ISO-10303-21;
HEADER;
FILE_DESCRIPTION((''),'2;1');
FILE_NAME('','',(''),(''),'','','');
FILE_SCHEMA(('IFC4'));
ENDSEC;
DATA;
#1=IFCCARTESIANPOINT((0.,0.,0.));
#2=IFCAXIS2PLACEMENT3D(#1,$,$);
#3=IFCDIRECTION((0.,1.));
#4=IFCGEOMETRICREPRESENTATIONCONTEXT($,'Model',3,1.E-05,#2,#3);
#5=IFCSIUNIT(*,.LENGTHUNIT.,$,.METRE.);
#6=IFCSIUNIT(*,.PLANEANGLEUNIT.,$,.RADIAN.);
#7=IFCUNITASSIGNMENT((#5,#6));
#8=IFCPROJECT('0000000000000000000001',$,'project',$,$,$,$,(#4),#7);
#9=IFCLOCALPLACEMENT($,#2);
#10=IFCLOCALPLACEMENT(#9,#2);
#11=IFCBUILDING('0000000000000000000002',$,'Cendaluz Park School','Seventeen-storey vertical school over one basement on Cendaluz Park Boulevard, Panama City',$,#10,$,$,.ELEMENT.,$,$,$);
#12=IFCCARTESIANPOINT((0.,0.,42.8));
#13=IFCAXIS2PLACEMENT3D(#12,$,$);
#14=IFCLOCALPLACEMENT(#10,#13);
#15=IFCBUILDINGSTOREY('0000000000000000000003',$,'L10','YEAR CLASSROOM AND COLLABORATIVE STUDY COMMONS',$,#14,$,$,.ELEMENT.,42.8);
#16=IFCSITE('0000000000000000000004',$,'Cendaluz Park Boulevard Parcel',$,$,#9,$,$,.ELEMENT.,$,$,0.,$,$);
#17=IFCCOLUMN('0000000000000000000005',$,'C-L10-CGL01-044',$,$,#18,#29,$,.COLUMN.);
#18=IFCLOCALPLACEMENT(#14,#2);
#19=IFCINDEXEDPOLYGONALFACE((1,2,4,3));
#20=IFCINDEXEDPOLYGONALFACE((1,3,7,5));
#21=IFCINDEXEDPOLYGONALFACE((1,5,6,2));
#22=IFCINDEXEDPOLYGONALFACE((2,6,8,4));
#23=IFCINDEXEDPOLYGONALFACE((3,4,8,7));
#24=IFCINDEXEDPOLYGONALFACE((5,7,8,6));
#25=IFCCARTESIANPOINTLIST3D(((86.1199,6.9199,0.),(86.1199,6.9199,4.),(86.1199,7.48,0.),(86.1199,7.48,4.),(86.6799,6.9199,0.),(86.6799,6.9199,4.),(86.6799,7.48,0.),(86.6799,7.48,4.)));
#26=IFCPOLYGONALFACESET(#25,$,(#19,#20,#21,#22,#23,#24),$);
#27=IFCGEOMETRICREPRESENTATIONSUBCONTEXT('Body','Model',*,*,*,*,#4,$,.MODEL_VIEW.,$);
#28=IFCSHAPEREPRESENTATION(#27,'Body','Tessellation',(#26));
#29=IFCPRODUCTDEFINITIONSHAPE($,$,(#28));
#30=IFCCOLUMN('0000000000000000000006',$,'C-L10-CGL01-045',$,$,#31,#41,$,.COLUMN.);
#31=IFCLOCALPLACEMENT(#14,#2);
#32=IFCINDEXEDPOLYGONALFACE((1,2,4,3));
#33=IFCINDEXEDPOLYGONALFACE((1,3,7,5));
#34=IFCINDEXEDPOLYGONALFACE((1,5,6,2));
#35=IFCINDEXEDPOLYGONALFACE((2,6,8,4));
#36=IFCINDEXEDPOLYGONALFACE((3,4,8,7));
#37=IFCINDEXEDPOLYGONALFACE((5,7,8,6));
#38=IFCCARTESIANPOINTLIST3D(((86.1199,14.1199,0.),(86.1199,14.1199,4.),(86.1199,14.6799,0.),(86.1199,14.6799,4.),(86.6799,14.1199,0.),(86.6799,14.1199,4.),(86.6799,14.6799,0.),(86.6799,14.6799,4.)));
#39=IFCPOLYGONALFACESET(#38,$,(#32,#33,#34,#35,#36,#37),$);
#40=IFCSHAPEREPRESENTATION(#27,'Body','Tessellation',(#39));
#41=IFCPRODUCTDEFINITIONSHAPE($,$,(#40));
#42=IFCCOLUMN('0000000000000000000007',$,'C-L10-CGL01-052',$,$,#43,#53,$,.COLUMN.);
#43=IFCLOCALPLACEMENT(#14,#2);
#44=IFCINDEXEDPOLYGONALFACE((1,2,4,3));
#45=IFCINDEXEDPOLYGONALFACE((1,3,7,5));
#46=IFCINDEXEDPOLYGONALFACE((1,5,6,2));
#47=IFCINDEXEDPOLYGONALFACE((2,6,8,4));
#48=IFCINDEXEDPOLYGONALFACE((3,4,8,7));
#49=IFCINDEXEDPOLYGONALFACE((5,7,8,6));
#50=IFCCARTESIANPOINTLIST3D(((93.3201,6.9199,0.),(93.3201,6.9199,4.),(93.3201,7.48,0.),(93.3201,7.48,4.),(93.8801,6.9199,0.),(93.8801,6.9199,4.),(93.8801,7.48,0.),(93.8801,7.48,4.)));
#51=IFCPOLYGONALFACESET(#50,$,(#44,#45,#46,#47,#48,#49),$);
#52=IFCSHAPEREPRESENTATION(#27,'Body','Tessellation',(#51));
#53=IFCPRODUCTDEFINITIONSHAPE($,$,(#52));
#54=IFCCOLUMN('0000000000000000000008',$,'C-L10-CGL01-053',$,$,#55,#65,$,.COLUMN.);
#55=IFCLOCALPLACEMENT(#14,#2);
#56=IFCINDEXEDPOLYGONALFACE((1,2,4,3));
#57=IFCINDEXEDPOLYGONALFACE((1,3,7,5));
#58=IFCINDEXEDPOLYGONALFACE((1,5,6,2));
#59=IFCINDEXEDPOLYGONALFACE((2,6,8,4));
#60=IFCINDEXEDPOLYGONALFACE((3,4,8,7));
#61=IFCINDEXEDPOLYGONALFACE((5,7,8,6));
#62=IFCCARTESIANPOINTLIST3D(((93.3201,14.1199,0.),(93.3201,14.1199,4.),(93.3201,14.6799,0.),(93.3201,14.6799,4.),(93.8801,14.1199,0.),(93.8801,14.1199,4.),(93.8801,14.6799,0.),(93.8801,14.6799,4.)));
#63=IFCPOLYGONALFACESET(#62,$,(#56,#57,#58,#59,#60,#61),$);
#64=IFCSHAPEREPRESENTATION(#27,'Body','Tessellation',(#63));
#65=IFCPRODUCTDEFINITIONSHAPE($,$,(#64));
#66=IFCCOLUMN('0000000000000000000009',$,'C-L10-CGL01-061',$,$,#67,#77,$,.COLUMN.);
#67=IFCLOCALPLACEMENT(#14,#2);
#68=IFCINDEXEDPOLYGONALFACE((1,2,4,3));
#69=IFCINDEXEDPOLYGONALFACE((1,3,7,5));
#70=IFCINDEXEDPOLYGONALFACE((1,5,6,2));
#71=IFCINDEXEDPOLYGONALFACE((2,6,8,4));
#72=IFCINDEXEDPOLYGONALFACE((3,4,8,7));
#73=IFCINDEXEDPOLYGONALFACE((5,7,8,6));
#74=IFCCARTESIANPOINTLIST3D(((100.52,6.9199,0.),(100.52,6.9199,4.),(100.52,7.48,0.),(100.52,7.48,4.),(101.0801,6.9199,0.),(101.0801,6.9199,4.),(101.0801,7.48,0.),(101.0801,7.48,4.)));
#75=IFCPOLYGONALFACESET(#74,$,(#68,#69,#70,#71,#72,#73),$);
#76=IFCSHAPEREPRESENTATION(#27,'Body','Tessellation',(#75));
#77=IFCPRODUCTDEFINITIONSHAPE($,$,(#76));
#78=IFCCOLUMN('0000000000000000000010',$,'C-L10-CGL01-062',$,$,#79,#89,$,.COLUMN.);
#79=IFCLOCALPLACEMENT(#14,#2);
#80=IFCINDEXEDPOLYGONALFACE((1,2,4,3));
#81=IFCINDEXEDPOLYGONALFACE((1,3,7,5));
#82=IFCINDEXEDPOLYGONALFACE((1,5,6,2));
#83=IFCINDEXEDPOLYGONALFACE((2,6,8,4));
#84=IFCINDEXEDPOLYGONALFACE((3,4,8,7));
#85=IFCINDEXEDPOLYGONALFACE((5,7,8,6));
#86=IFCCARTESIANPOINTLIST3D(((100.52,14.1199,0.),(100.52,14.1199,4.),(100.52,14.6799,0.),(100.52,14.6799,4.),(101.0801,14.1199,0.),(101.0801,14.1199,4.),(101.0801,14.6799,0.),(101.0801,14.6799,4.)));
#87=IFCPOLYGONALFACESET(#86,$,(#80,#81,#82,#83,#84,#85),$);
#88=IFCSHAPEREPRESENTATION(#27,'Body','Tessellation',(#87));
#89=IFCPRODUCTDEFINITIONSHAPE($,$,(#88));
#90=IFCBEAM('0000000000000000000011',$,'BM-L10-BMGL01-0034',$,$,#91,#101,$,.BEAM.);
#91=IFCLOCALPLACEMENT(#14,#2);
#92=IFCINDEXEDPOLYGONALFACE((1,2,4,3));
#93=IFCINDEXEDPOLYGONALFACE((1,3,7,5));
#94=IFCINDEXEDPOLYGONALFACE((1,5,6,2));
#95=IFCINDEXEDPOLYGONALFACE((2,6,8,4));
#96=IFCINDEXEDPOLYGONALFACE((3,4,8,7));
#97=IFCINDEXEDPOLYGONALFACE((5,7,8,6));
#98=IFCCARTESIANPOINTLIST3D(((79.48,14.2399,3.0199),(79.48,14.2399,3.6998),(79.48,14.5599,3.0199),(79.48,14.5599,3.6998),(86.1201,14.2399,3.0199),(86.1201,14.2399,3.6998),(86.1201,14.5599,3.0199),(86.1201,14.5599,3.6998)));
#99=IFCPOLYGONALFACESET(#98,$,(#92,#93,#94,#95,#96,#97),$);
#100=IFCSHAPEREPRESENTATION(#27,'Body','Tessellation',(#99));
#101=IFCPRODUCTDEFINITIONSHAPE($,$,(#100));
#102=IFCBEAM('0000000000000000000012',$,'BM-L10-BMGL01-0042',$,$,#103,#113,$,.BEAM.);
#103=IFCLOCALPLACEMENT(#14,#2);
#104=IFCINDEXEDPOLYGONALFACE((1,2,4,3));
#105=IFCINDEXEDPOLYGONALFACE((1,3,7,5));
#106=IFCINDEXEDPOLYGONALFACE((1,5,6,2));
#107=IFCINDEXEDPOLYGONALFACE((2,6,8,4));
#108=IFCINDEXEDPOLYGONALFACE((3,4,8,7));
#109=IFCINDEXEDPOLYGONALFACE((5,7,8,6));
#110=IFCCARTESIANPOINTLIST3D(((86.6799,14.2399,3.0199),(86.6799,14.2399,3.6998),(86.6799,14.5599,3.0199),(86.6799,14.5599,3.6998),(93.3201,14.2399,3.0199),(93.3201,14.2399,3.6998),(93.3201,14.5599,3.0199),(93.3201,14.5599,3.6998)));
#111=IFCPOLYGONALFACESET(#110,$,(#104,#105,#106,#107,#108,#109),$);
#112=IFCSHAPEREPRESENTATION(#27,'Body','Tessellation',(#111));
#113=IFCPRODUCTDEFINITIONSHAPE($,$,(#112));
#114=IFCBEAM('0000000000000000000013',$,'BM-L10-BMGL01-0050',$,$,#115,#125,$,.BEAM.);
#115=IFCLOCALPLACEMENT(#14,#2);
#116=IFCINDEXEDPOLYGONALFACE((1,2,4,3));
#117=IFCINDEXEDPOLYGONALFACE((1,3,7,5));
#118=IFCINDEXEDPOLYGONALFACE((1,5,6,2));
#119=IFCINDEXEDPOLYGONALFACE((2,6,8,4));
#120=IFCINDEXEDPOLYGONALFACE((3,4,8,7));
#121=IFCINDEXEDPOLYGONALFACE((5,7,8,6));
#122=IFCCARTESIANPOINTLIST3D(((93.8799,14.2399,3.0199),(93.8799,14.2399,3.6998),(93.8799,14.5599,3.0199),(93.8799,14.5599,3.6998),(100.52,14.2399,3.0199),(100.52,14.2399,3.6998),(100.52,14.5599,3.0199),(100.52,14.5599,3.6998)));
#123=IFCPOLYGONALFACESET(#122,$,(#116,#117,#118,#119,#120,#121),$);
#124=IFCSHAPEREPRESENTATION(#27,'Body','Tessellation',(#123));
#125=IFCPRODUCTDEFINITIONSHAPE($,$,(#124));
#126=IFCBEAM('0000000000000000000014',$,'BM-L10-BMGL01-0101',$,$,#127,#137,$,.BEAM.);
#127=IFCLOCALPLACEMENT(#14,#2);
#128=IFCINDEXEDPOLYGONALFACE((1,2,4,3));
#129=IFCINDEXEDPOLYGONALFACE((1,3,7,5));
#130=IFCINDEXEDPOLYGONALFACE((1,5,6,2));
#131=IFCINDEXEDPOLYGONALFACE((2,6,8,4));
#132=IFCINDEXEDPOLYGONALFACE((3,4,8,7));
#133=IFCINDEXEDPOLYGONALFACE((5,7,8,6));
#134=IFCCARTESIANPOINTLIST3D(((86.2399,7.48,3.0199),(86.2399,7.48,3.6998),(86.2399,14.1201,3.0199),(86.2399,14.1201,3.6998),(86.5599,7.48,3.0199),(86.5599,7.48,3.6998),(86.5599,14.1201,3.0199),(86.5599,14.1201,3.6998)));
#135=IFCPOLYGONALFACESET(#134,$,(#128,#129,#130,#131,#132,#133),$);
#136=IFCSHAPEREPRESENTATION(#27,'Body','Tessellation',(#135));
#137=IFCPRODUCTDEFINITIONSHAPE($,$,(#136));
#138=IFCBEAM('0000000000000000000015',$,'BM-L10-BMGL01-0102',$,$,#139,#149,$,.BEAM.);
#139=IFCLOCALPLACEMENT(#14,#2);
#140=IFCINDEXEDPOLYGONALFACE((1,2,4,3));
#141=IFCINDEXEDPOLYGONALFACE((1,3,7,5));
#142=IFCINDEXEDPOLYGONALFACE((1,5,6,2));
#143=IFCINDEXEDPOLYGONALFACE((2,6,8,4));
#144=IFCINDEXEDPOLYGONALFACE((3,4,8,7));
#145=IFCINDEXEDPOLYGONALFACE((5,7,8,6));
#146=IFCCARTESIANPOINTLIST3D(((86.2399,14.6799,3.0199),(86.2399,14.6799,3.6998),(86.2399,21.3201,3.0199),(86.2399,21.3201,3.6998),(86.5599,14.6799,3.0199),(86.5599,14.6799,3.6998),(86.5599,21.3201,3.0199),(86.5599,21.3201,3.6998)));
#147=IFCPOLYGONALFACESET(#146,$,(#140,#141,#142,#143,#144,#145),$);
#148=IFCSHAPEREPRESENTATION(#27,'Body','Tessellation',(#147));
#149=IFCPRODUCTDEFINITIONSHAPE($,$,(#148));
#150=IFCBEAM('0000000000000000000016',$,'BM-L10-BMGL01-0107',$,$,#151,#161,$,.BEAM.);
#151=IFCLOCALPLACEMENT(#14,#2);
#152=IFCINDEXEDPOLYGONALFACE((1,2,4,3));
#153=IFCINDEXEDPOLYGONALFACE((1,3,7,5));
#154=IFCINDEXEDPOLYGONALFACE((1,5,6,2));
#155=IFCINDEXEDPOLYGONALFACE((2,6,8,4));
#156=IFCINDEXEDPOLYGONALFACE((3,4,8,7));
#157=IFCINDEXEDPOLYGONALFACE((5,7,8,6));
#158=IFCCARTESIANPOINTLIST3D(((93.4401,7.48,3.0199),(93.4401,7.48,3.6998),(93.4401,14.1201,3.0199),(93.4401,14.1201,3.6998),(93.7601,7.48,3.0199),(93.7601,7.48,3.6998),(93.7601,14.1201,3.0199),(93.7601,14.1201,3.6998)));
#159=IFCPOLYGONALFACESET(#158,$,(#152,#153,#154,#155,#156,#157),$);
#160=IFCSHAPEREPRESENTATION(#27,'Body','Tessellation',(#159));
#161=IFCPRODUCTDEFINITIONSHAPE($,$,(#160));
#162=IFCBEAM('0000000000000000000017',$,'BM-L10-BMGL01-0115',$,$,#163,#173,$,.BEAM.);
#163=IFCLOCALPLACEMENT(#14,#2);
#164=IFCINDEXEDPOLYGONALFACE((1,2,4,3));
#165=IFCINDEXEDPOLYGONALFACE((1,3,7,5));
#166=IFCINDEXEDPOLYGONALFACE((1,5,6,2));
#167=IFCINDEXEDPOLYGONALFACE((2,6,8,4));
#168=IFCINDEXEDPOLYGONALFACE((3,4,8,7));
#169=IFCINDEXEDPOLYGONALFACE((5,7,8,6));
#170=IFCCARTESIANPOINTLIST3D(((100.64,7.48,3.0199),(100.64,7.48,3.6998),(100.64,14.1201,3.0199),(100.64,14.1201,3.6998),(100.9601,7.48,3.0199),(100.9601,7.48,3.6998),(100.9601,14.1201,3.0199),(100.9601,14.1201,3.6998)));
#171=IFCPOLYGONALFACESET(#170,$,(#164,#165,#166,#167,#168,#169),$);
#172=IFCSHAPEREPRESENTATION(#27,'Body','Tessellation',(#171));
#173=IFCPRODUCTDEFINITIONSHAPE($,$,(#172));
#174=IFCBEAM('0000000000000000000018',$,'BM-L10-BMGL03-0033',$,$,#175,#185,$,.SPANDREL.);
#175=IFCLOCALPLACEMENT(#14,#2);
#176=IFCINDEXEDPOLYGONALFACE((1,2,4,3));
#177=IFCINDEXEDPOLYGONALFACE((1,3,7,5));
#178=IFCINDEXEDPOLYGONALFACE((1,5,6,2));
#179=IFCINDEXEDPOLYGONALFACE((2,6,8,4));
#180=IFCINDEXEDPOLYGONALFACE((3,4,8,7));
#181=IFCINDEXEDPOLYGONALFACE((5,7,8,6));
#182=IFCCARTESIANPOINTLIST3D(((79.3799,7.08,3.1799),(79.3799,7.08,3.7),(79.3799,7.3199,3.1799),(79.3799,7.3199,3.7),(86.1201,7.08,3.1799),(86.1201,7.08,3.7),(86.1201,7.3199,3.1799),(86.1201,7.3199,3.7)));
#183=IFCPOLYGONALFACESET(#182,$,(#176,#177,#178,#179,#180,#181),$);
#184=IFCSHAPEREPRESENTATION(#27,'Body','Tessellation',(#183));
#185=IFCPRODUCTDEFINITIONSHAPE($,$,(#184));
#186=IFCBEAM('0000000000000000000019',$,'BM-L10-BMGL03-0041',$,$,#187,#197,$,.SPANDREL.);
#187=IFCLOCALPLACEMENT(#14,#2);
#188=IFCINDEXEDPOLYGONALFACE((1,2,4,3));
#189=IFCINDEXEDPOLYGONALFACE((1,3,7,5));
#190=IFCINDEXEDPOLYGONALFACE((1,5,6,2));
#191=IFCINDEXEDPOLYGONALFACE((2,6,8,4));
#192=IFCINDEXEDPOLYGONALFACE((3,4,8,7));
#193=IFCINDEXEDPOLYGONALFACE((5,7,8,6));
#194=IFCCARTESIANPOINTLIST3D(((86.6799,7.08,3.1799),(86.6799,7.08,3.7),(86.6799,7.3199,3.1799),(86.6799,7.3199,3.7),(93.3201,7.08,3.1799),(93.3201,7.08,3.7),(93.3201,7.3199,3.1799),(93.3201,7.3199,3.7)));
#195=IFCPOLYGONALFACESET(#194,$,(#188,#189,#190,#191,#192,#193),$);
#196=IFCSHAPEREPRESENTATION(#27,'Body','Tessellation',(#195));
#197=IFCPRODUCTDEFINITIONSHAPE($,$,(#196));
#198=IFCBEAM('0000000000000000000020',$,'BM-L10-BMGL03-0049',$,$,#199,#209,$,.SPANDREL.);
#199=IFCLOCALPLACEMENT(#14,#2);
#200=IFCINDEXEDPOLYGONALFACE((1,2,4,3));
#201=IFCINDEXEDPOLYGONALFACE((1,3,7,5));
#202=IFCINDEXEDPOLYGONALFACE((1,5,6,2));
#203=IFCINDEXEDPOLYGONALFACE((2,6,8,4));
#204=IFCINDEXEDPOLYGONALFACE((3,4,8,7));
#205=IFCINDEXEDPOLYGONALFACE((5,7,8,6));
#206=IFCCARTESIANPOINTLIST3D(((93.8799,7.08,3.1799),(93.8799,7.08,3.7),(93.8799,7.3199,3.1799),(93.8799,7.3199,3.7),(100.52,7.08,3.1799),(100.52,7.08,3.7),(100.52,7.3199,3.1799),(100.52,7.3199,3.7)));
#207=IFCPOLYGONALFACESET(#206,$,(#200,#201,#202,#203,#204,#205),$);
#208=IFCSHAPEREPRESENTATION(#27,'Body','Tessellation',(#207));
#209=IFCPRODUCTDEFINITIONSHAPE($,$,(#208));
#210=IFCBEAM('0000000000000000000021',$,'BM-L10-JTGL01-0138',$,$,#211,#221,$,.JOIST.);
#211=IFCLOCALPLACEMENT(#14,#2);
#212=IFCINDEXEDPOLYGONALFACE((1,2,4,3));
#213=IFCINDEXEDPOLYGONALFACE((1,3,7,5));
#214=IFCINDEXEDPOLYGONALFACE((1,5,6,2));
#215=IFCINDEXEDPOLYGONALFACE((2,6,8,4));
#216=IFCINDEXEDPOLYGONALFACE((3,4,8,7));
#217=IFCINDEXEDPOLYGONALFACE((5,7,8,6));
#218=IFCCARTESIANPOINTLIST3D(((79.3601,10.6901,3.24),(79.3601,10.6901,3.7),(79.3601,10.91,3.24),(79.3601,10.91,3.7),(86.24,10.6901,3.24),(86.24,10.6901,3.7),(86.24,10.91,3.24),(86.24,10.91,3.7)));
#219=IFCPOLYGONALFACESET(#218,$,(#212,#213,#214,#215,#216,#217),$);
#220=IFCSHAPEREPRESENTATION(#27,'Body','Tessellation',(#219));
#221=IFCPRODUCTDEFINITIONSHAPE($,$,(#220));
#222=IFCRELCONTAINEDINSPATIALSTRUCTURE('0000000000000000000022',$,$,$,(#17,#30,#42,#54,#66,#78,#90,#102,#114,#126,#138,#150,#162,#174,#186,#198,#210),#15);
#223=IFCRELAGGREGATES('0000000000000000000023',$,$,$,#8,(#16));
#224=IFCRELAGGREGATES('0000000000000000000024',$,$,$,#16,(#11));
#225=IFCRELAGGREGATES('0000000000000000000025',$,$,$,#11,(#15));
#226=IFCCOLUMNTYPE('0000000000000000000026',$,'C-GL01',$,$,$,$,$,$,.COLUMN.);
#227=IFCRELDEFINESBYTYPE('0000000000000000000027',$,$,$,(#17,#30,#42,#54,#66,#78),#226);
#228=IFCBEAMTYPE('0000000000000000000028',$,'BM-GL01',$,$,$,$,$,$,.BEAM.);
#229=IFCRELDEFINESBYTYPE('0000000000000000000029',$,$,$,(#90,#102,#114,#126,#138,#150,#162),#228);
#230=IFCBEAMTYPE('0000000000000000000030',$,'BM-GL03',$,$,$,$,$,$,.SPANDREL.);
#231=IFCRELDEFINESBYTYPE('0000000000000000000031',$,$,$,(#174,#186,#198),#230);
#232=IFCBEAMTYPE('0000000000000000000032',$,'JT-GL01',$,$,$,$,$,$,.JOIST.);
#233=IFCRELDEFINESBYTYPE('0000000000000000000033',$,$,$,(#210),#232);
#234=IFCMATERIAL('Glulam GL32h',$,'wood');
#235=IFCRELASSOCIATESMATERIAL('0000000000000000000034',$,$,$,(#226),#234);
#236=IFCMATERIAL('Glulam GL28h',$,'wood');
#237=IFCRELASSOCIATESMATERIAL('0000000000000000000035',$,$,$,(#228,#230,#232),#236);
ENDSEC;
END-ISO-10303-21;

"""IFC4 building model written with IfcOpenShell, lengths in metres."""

from ifc_helpers import new_model, si_unit, direction, frame, origin, origin_2d, place, context, subcontext, project, spatial, rectangle, extrude, material, material_profile, profile_set, type_object, element, save


model = new_model("IFC4")

# Units and contexts
model_context = context("Model", 3, precision=1e-05, world=origin(), true_north=direction((0.0, 1.0)))
body_context = subcontext(model_context, "Body", "Model", "MODEL_VIEW")
ifc_project = project(units=[si_unit("LENGTHUNIT", "METRE"), si_unit("PLANEANGLEUNIT", "RADIAN")], contexts=[model_context])

# Site, building, storey
site_placement = place(None, origin())
site = spatial("IfcSite", under=ifc_project, at=site_placement, Name="Cendaluz Park Boulevard Parcel", CompositionType="ELEMENT", RefElevation=0.0)
building_placement = place(site_placement, origin())
building = spatial("IfcBuilding", under=site, at=building_placement, Name="Cendaluz Park School", Description="Seventeen-storey vertical school over one basement on Cendaluz Park Boulevard, Panama City", CompositionType="ELEMENT")
storey_placement = place(building_placement, frame((0.0, 0.0, 42.8)))
storey = spatial("IfcBuildingStorey", under=building, at=storey_placement, Name="L10", Description="YEAR CLASSROOM AND COLLABORATIVE STUDY COMMONS", CompositionType="ELEMENT", Elevation=42.8)

# Columns
ifc_material_1 = material(Name="Glulam GL32h", Category="wood")
ifc_material_profile_1 = material_profile(ifc_material_1, rectangle(XDim=0.5601, YDim=0.5601, at=origin_2d()), Name="GL32h 560x560", Category="wood")
ifc_profile_set_1 = profile_set([ifc_material_profile_1], Name="Glulam GL32h")
column_type = type_object("IfcColumnType", Name="C-GL01", PredefinedType="COLUMN", material=ifc_profile_set_1)
for number, where, z_axis, x_axis, name in (
    (1, (86.3999, 7.2, 0.0), (0.0, 0.0, 1.0), (1.0, 0.0, 0.0), "C-L10-CGL01-044"),
    (2, (86.3999, 14.3999, 0.0), (0.0, 0.0, 1.0), (1.0, 0.0, 0.0), "C-L10-CGL01-045"),
    (3, (93.6001, 7.2, 0.0), (0.0, 0.0, 1.0), (1.0, 0.0, 0.0), "C-L10-CGL01-052"),
    (4, (93.6001, 14.3999, 0.0), (0.0, 0.0, 1.0), (1.0, 0.0, 0.0), "C-L10-CGL01-053"),
    (5, (100.8, 7.2, 0.0), (0.0, 0.0, 1.0), (1.0, 0.0, 0.0), "C-L10-CGL01-061"),
    (6, (100.8, 14.3999, 0.0), (0.0, 0.0, 1.0), (1.0, 0.0, 0.0), "C-L10-CGL01-062"),
):
    element("IfcColumn", number, at=place(storey_placement, frame(where, z_axis=z_axis, x_axis=x_axis)), inside=storey, type_object=column_type, Name=name, PredefinedType="COLUMN", context=body_context, shape_type="SweptSolid", body=[
        extrude(rectangle(XDim=0.5601, YDim=0.5601, at=origin_2d()), origin(), (0.0, 0.0, 1.0), 4.0),
    ])

# Beams
ifc_material_2 = material(Name="Glulam GL28h", Category="wood")
ifc_material_profile_2 = material_profile(ifc_material_2, rectangle(XDim=0.3201, YDim=0.6799, at=origin_2d()), Name="GL28h 320x680", Category="wood")
ifc_profile_set_2 = profile_set([ifc_material_profile_2], Name="Glulam GL28h")
beam_type_1 = type_object("IfcBeamType", Name="BM-GL01", PredefinedType="BEAM", material=ifc_profile_set_2)
for number, where, z_axis, x_axis, name in (
    (7, (79.48, 14.3999, 3.3599), (1.0, 0.0, 0.0), (0.0, 1.0, 0.0), "BM-L10-BMGL01-0034"),
    (8, (86.6799, 14.3999, 3.3599), (1.0, 0.0, 0.0), (0.0, 1.0, 0.0), "BM-L10-BMGL01-0042"),
    (9, (93.8799, 14.3999, 3.3599), (1.0, 0.0, 0.0), (0.0, 1.0, 0.0), "BM-L10-BMGL01-0050"),
    (10, (86.3999, 7.48, 3.3599), (0.0, 1.0, 0.0), (-1.0, 0.0, 0.0), "BM-L10-BMGL01-0101"),
    (11, (86.3999, 14.6799, 3.3599), (0.0, 1.0, 0.0), (-1.0, 0.0, 0.0), "BM-L10-BMGL01-0102"),
    (12, (93.6001, 7.48, 3.3599), (0.0, 1.0, 0.0), (-1.0, 0.0, 0.0), "BM-L10-BMGL01-0107"),
    (13, (100.8, 7.48, 3.3599), (0.0, 1.0, 0.0), (-1.0, 0.0, 0.0), "BM-L10-BMGL01-0115"),
):
    element("IfcBeam", number, at=place(storey_placement, frame(where, z_axis=z_axis, x_axis=x_axis)), inside=storey, type_object=beam_type_1, Name=name, PredefinedType="BEAM", context=body_context, shape_type="SweptSolid", body=[
        extrude(rectangle(XDim=0.3201, YDim=0.6799, at=origin_2d()), origin(), (0.0, 0.0, 1.0), 6.6401),
    ])
ifc_material_profile_3 = material_profile(ifc_material_2, rectangle(XDim=0.24, YDim=0.52, at=origin_2d()), Name="GL28h 240x520", Category="wood")
ifc_profile_set_3 = profile_set([ifc_material_profile_3], Name="Glulam GL28h")
beam_type_2 = type_object("IfcBeamType", Name="BM-GL03", PredefinedType="SPANDREL", material=ifc_profile_set_3)
beam_1_placement = place(storey_placement, frame((79.3799, 7.2, 3.4399), z_axis=(1.0, 0.0, 0.0), x_axis=(0.0, 1.0, 0.0)))
element("IfcBeam", 14, at=beam_1_placement, inside=storey, type_object=beam_type_2, Name="BM-L10-BMGL03-0033", PredefinedType="SPANDREL", context=body_context, shape_type="SweptSolid", body=[
    extrude(rectangle(XDim=0.24, YDim=0.52, at=origin_2d()), origin(), (0.0, 0.0, 1.0), 6.7402),
])
for number, where, z_axis, x_axis, name in (
    (15, (86.6799, 7.2, 3.4399), (1.0, 0.0, 0.0), (0.0, 1.0, 0.0), "BM-L10-BMGL03-0041"),
    (16, (93.8799, 7.2, 3.4399), (1.0, 0.0, 0.0), (0.0, 1.0, 0.0), "BM-L10-BMGL03-0049"),
):
    element("IfcBeam", number, at=place(storey_placement, frame(where, z_axis=z_axis, x_axis=x_axis)), inside=storey, type_object=beam_type_2, Name=name, PredefinedType="SPANDREL", context=body_context, shape_type="SweptSolid", body=[
        extrude(rectangle(XDim=0.24, YDim=0.52, at=origin_2d()), origin(), (0.0, 0.0, 1.0), 6.6401),
    ])
ifc_material_profile_4 = material_profile(ifc_material_2, rectangle(XDim=0.22, YDim=0.46, at=origin_2d()), Name="GL28h 220x460", Category="wood")
ifc_profile_set_4 = profile_set([ifc_material_profile_4], Name="Glulam GL28h")
beam_type_3 = type_object("IfcBeamType", Name="JT-GL01", PredefinedType="JOIST", material=ifc_profile_set_4)
beam_2_placement = place(storey_placement, frame((79.3601, 10.8, 3.47), z_axis=(1.0, 0.0, 0.0), x_axis=(0.0, 1.0, 0.0)))
element("IfcBeam", 17, at=beam_2_placement, inside=storey, type_object=beam_type_3, Name="BM-L10-JTGL01-0138", PredefinedType="JOIST", context=body_context, shape_type="SweptSolid", body=[
    extrude(rectangle(XDim=0.22, YDim=0.46, at=origin_2d()), origin(), (0.0, 0.0, 1.0), 6.8799),
])

save(model, "model.ifc")
